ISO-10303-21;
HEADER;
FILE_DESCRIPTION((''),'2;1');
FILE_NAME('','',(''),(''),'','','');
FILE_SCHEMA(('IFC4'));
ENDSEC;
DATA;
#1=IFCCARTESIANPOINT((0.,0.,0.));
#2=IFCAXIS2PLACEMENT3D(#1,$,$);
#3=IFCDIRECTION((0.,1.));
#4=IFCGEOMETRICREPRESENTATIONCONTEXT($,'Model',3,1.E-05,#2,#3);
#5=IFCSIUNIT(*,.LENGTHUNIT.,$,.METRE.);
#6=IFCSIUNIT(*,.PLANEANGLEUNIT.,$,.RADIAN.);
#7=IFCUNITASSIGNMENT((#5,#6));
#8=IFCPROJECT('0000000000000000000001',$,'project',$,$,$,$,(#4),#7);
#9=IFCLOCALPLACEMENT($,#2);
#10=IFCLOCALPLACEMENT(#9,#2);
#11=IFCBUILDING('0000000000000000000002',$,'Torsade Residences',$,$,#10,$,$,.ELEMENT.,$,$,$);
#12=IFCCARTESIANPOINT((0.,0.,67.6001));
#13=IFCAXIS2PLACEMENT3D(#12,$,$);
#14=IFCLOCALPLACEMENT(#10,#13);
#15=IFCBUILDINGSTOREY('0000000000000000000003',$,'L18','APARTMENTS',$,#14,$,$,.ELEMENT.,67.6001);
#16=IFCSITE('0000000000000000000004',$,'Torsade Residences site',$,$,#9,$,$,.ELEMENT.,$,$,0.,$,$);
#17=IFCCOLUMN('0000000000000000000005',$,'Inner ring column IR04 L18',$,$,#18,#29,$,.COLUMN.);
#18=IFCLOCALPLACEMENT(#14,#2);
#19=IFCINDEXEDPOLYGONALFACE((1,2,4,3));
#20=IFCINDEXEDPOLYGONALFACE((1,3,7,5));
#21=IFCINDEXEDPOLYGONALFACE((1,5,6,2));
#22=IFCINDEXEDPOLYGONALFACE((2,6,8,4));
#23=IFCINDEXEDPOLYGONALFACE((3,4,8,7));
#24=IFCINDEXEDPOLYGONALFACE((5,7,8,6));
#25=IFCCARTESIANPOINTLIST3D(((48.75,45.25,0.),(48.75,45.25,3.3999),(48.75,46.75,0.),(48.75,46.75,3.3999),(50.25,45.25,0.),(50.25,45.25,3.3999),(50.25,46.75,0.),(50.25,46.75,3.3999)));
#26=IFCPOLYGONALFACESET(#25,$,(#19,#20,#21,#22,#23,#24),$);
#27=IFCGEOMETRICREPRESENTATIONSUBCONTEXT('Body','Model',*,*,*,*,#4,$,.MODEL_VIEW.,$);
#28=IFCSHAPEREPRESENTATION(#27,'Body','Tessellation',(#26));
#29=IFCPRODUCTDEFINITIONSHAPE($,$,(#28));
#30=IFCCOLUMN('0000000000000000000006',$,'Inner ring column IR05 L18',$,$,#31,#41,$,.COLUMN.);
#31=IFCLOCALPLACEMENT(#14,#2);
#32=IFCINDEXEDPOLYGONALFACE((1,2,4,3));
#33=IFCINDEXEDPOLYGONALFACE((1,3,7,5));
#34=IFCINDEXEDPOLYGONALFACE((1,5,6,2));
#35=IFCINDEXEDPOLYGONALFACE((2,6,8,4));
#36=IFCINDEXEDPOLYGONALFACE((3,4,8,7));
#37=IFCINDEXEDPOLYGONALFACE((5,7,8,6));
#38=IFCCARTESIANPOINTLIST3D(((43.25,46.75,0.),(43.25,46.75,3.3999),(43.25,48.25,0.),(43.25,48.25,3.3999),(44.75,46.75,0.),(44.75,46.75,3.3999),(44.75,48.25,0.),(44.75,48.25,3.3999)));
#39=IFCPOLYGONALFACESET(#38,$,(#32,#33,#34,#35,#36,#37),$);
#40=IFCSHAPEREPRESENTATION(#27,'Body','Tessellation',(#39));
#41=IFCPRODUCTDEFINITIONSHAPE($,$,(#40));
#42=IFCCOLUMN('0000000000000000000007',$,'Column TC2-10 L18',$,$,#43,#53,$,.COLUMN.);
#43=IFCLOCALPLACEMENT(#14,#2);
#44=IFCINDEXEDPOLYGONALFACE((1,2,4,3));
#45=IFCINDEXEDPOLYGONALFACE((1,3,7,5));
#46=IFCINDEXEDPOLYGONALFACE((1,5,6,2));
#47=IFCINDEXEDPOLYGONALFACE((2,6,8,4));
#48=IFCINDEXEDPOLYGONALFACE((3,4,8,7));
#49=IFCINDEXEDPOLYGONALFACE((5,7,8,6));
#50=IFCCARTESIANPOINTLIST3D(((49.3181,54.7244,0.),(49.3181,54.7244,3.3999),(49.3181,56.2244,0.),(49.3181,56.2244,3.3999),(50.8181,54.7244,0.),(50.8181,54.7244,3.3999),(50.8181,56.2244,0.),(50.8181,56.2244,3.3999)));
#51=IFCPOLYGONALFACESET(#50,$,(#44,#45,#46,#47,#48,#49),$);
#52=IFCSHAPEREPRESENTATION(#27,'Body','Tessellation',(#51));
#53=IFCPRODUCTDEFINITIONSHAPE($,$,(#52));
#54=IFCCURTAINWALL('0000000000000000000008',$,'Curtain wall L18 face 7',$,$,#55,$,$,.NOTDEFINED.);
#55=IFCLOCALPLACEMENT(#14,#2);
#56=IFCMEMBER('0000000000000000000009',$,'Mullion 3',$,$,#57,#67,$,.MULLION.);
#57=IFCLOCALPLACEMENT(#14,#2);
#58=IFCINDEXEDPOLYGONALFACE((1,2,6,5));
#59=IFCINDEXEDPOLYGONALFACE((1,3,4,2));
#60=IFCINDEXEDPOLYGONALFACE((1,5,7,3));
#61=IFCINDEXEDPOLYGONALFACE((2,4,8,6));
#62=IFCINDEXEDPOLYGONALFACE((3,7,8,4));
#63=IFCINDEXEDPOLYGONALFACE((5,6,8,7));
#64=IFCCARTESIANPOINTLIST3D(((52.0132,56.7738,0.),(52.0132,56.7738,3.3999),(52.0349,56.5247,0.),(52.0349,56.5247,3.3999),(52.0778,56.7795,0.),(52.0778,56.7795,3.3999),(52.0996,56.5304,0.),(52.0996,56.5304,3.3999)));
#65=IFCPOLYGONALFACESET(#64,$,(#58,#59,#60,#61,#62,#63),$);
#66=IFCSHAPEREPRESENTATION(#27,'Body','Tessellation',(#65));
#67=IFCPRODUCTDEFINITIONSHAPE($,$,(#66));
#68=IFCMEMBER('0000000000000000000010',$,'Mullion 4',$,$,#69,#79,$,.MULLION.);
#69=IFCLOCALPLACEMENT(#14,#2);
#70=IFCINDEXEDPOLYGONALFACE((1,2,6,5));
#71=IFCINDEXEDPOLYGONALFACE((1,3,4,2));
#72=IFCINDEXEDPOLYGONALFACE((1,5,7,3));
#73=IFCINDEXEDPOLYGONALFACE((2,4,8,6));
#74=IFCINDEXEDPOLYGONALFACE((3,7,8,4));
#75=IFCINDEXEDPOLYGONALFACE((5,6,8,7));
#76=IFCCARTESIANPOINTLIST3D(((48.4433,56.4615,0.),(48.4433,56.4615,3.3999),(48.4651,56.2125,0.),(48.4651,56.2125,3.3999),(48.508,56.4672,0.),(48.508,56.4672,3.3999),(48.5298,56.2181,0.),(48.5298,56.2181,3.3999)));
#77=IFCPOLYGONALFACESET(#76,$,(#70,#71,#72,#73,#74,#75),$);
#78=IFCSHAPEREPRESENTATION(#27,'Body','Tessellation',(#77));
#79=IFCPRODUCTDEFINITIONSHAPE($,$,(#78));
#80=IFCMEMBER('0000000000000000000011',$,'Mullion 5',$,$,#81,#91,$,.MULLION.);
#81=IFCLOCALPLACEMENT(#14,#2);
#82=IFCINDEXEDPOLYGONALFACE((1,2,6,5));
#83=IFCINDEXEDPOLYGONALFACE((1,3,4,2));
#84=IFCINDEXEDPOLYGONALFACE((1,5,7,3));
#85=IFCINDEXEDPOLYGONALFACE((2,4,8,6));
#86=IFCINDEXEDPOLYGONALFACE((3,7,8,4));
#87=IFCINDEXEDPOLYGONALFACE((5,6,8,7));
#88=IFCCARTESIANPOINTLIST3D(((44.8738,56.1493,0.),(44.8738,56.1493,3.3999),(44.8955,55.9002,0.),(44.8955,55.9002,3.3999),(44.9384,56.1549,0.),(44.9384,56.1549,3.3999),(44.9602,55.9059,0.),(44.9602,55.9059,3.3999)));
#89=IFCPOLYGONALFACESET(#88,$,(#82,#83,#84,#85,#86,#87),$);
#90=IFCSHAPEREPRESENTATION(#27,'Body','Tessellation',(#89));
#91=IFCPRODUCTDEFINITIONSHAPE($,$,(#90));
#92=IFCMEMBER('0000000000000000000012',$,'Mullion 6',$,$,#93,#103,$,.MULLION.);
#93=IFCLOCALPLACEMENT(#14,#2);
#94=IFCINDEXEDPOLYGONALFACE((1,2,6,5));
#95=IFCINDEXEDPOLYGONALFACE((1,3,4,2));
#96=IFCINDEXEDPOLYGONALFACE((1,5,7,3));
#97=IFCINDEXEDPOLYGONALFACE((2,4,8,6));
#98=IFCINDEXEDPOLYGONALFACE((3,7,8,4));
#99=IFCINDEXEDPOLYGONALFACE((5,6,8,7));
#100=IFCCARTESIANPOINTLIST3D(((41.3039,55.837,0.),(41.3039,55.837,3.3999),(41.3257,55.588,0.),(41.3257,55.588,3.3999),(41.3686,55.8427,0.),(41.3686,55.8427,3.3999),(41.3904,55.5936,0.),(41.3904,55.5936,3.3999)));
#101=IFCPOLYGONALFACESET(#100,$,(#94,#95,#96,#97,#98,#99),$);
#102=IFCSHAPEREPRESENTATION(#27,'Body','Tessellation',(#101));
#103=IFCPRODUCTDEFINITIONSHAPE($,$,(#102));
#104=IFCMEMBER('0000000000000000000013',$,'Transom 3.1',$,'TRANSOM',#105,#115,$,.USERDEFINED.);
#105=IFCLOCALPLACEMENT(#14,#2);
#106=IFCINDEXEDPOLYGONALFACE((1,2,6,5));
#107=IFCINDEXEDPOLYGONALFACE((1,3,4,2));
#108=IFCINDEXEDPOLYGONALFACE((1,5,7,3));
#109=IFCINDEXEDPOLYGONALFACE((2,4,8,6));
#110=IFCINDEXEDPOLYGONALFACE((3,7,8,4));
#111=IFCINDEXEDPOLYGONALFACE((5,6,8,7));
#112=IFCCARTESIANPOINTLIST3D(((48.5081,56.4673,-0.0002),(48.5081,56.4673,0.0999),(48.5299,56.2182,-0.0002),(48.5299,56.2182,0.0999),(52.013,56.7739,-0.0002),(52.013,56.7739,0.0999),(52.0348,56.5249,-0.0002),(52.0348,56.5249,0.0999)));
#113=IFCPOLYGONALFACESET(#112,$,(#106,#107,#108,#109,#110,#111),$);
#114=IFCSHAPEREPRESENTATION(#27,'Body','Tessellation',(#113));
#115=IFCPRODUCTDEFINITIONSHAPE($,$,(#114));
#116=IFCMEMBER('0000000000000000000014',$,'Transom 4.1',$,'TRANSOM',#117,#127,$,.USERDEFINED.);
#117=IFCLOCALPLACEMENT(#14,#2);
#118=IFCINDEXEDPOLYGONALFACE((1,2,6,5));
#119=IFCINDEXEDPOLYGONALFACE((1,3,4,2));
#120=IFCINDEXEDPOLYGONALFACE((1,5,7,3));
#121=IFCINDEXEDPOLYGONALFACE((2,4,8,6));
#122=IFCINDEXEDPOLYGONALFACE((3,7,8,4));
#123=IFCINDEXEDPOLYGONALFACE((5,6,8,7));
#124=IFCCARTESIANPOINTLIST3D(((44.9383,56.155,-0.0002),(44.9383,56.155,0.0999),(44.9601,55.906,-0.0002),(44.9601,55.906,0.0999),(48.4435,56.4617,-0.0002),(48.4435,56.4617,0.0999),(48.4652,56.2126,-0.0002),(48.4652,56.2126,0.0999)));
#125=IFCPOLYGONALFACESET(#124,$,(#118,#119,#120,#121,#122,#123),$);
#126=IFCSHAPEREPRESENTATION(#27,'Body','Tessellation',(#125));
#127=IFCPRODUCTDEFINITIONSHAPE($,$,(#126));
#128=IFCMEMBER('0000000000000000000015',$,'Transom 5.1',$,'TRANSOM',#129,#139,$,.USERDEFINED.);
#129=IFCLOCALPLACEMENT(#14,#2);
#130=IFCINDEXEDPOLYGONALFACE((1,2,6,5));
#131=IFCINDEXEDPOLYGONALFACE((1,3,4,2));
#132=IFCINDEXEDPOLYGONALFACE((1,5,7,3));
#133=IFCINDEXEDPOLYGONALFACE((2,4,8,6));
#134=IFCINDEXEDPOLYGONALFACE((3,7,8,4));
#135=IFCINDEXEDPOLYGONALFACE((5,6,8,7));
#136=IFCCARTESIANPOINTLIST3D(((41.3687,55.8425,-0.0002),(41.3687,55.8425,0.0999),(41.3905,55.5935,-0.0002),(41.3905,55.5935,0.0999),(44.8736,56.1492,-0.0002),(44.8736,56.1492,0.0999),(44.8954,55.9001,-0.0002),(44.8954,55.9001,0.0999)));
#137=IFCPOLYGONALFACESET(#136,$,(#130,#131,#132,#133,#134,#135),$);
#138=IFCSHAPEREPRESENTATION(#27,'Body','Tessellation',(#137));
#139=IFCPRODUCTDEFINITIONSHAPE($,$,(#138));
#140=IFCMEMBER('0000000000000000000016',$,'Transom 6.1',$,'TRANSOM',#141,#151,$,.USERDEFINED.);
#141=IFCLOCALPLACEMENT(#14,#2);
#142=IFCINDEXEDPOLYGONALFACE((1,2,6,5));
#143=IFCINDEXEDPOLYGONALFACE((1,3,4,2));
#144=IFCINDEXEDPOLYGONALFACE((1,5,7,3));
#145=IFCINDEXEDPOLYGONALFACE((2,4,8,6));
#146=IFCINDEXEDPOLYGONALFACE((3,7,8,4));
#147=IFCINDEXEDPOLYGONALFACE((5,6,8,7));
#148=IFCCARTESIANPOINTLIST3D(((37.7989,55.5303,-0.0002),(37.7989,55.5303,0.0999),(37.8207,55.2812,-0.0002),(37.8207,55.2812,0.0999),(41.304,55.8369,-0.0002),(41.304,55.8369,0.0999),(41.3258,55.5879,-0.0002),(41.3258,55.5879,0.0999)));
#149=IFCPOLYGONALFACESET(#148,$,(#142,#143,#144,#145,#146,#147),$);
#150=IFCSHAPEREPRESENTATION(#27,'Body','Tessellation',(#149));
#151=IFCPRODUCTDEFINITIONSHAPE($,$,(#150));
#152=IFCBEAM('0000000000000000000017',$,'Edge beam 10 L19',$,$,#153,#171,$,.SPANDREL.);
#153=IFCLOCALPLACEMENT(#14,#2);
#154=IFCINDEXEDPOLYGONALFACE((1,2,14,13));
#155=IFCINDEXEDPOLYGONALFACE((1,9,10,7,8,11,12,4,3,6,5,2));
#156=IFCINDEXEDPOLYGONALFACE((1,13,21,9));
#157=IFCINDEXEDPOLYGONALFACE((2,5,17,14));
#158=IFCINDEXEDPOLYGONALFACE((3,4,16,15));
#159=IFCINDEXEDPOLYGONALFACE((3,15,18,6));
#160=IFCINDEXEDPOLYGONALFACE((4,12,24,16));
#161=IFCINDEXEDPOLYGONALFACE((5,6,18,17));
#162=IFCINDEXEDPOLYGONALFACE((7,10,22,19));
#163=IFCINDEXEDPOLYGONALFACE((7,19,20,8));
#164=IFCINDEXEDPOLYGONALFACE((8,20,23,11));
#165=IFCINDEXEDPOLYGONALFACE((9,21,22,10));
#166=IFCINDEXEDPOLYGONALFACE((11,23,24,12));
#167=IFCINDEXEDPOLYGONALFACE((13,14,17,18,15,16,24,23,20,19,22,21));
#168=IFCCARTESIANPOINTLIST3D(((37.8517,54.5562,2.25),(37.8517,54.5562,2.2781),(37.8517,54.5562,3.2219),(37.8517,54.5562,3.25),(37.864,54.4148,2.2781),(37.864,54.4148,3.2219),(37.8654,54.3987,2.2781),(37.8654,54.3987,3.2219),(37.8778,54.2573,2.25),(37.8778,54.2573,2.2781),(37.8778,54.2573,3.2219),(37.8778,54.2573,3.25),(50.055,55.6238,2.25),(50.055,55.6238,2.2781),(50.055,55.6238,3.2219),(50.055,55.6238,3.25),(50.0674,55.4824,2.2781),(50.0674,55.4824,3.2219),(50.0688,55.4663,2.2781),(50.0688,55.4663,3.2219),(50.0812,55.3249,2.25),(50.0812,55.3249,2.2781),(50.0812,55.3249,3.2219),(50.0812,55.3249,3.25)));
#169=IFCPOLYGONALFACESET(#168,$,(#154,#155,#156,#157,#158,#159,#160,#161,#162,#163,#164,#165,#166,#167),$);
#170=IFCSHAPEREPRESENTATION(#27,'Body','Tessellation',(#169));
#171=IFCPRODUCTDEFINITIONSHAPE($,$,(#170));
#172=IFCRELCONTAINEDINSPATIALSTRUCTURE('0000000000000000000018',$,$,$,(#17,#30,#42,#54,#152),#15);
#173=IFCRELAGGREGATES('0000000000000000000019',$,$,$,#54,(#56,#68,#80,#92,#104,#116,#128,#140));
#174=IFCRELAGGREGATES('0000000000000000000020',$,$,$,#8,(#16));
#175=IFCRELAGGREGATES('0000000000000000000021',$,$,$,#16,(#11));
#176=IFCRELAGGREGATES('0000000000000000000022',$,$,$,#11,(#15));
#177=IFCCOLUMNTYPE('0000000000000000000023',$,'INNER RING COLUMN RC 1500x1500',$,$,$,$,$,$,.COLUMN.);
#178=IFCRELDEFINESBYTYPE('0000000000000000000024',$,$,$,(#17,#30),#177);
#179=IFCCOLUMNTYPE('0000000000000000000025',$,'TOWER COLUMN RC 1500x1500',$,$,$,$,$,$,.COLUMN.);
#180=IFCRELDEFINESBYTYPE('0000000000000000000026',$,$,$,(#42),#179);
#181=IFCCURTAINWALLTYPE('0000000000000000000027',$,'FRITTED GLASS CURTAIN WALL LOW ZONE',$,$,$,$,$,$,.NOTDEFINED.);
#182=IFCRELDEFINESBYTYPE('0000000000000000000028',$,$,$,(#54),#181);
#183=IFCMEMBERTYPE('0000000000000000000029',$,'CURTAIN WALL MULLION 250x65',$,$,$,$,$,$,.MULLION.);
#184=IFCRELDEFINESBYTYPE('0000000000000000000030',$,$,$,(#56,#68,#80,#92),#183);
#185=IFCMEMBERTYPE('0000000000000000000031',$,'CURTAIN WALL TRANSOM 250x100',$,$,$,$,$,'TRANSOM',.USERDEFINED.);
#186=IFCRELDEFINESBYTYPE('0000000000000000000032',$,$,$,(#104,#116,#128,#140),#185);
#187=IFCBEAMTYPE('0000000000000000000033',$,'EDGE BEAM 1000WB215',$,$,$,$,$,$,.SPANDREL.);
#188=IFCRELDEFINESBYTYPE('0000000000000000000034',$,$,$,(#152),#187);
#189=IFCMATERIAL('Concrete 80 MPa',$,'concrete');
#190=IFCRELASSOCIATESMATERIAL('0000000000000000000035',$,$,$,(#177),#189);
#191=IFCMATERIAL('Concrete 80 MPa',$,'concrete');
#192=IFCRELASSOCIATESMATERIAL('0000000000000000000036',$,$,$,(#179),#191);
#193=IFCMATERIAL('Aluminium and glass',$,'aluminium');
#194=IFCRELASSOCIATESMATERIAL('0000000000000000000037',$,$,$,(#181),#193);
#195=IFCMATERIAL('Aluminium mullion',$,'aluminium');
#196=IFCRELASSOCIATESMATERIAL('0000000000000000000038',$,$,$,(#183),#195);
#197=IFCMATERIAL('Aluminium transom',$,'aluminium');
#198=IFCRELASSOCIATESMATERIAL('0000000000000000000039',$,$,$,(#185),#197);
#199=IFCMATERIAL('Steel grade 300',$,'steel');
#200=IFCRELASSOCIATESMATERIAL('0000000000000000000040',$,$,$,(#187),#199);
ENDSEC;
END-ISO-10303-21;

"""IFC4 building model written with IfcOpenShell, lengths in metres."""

from ifc_helpers import new_model, si_unit, direction, frame, origin, origin_2d, place, context, subcontext, project, spatial, rectangle, i_section, extrude, material, material_profile, profile_set, type_object, element, aggregate, save


model = new_model("IFC4")

# Units and contexts
model_context = context("Model", 3, precision=1e-05, world=origin(), true_north=direction((0.0, 1.0)))
body_context = subcontext(model_context, "Body", "Model", "MODEL_VIEW")
ifc_project = project(units=[si_unit("LENGTHUNIT", "METRE"), si_unit("PLANEANGLEUNIT", "RADIAN")], contexts=[model_context])

# Site, building, storey
site_placement = place(None, origin())
site = spatial("IfcSite", under=ifc_project, at=site_placement, Name="Torsade Residences site", CompositionType="ELEMENT", RefElevation=0.0)
building_placement = place(site_placement, origin())
building = spatial("IfcBuilding", under=site, at=building_placement, Name="Torsade Residences", CompositionType="ELEMENT")
storey_placement = place(building_placement, frame((0.0, 0.0, 67.6001)))
storey = spatial("IfcBuildingStorey", under=building, at=storey_placement, Name="L18", Description="APARTMENTS", CompositionType="ELEMENT", Elevation=67.6001)

# Columns
ifc_material_1 = material(Name="Concrete 80 MPa", Category="concrete")
ifc_material_profile_1 = material_profile(ifc_material_1, rectangle(XDim=1.5, YDim=1.5, at=origin_2d()), Name="RC 1500x1500")
ifc_profile_set_1 = profile_set([ifc_material_profile_1], Name="Concrete 80 MPa")
column_type_1 = type_object("IfcColumnType", Name="INNER RING COLUMN RC 1500x1500", PredefinedType="COLUMN", material=ifc_profile_set_1)
for number, where, z_axis, x_axis, name in (
    (1, (49.5, 46.0, 0.0), (0.0, 0.0, 1.0), (1.0, 0.0, 0.0), "Inner ring column IR04 L18"),
    (2, (44.0, 47.5, 0.0), (0.0, 0.0, 1.0), (1.0, 0.0, 0.0), "Inner ring column IR05 L18"),
):
    element("IfcColumn", number, at=place(storey_placement, frame(where, z_axis=z_axis, x_axis=x_axis)), inside=storey, type_object=column_type_1, Name=name, PredefinedType="COLUMN", context=body_context, shape_type="SweptSolid", body=[
        extrude(rectangle(XDim=1.5, YDim=1.5, at=origin_2d()), origin(), (0.0, 0.0, 1.0), 3.3999),
    ])
ifc_material_2 = material(Name="Concrete 80 MPa", Category="concrete")
ifc_material_profile_2 = material_profile(ifc_material_2, rectangle(XDim=1.5, YDim=1.5, at=origin_2d()), Name="RC 1500x1500")
ifc_profile_set_2 = profile_set([ifc_material_profile_2], Name="Concrete 80 MPa")
column_type_2 = type_object("IfcColumnType", Name="TOWER COLUMN RC 1500x1500", PredefinedType="COLUMN", material=ifc_profile_set_2)
column_placement = place(storey_placement, frame((50.0681, 55.4744, 0.0), z_axis=(0.0, 0.0, 1.0), x_axis=(1.0, 0.0, 0.0)))
element("IfcColumn", 3, at=column_placement, inside=storey, type_object=column_type_2, Name="Column TC2-10 L18", PredefinedType="COLUMN", context=body_context, shape_type="SweptSolid", body=[
    extrude(rectangle(XDim=1.5, YDim=1.5, at=origin_2d()), origin(), (0.0, 0.0, 1.0), 3.3999),
])

# Curtain wall, members
ifc_material_3 = material(Name="Aluminium and glass", Category="aluminium")
curtain_wall_type = type_object("IfcCurtainWallType", Name="FRITTED GLASS CURTAIN WALL LOW ZONE", PredefinedType="NOTDEFINED", material=ifc_material_3)
curtain_wall_placement = place(storey_placement, origin())
curtain_wall = element("IfcCurtainWall", 4, at=curtain_wall_placement, inside=storey, type_object=curtain_wall_type, Name="Curtain wall L18 face 7", PredefinedType="NOTDEFINED")
ifc_material_4 = material(Name="Aluminium mullion", Category="aluminium")
ifc_material_profile_3 = material_profile(ifc_material_4, rectangle(XDim=0.25, YDim=0.0649, at=origin_2d()), Name="CURTAIN WALL MULLION 250x65")
ifc_profile_set_3 = profile_set([ifc_material_profile_3], Name="Aluminium mullion")
member_type_1 = type_object("IfcMemberType", Name="CURTAIN WALL MULLION 250x65", PredefinedType="MULLION", material=ifc_profile_set_3)
member_1_placement = place(storey_placement, frame((52.0564, 56.6521, 0.0), z_axis=(0.0, 0.0, 1.0), x_axis=(0.087156, -0.996195, 0.0)))
member_1 = element("IfcMember", 5, at=member_1_placement, type_object=member_type_1, Name="Mullion 3", PredefinedType="MULLION", context=body_context, shape_type="SweptSolid", body=[
    extrude(rectangle(XDim=0.25, YDim=0.0649, at=origin_2d()), origin(), (0.0, 0.0, 1.0), 3.3999),
])
member_2_placement = place(storey_placement, frame((48.4866, 56.3398, 0.0), z_axis=(0.0, 0.0, 1.0), x_axis=(0.087156, -0.996195, 0.0)))
member_2 = element("IfcMember", 6, at=member_2_placement, type_object=member_type_1, Name="Mullion 4", PredefinedType="MULLION", context=body_context, shape_type="SweptSolid", body=[
    extrude(rectangle(XDim=0.25, YDim=0.0649, at=origin_2d()), origin(), (0.0, 0.0, 1.0), 3.3999),
])
member_3_placement = place(storey_placement, frame((44.917, 56.0276, 0.0), z_axis=(0.0, 0.0, 1.0), x_axis=(0.087156, -0.996195, 0.0)))
member_3 = element("IfcMember", 7, at=member_3_placement, type_object=member_type_1, Name="Mullion 5", PredefinedType="MULLION", context=body_context, shape_type="SweptSolid", body=[
    extrude(rectangle(XDim=0.25, YDim=0.0649, at=origin_2d()), origin(), (0.0, 0.0, 1.0), 3.3999),
])
member_4_placement = place(storey_placement, frame((41.3472, 55.7153, 0.0), z_axis=(0.0, 0.0, 1.0), x_axis=(0.087156, -0.996195, 0.0)))
member_4 = element("IfcMember", 8, at=member_4_placement, type_object=member_type_1, Name="Mullion 6", PredefinedType="MULLION", context=body_context, shape_type="SweptSolid", body=[
    extrude(rectangle(XDim=0.25, YDim=0.0649, at=origin_2d()), origin(), (0.0, 0.0, 1.0), 3.3999),
])
ifc_material_5 = material(Name="Aluminium transom", Category="aluminium")
ifc_material_profile_4 = material_profile(ifc_material_5, rectangle(XDim=0.25, YDim=0.1001, at=origin_2d()), Name="CURTAIN WALL TRANSOM 250x100")
ifc_profile_set_4 = profile_set([ifc_material_profile_4], Name="Aluminium transom")
member_type_2 = type_object("IfcMemberType", Name="CURTAIN WALL TRANSOM 250x100", ElementType="TRANSOM", PredefinedType="USERDEFINED", material=ifc_profile_set_4)
member_5_placement = place(storey_placement, frame((52.0239, 56.6494, 0.0498), z_axis=(-0.996195, -0.087157, 0.0), x_axis=(0.087157, -0.996195, 0.0)))
member_5 = element("IfcMember", 9, at=member_5_placement, type_object=member_type_2, Name="Transom 3.1", ObjectType="TRANSOM", PredefinedType="USERDEFINED", context=body_context, shape_type="SweptSolid", body=[
    extrude(rectangle(XDim=0.25, YDim=0.1001, at=origin_2d()), origin(), (0.0, 0.0, 1.0), 3.5183),
])
member_6_placement = place(storey_placement, frame((48.4543, 56.3372, 0.0498), z_axis=(-0.996195, -0.087151, 0.0), x_axis=(0.087151, -0.996195, 0.0)))
member_6 = element("IfcMember", 10, at=member_6_placement, type_object=member_type_2, Name="Transom 4.1", ObjectType="TRANSOM", PredefinedType="USERDEFINED", context=body_context, shape_type="SweptSolid", body=[
    extrude(rectangle(XDim=0.25, YDim=0.1001, at=origin_2d()), origin(), (0.0, 0.0, 1.0), 3.5186),
])
member_7_placement = place(storey_placement, frame((44.8845, 56.0247, 0.0498), z_axis=(-0.996195, -0.087157, 0.0), x_axis=(0.087157, -0.996195, 0.0)))
member_7 = element("IfcMember", 11, at=member_7_placement, type_object=member_type_2, Name="Transom 5.1", ObjectType="TRANSOM", PredefinedType="USERDEFINED", context=body_context, shape_type="SweptSolid", body=[
    extrude(rectangle(XDim=0.25, YDim=0.1001, at=origin_2d()), origin(), (0.0, 0.0, 1.0), 3.5183),
])
member_8_placement = place(storey_placement, frame((41.3149, 55.7124, 0.0498), z_axis=(-0.996195, -0.087151, 0.0), x_axis=(0.087151, -0.996195, 0.0)))
member_8 = element("IfcMember", 12, at=member_8_placement, type_object=member_type_2, Name="Transom 6.1", ObjectType="TRANSOM", PredefinedType="USERDEFINED", context=body_context, shape_type="SweptSolid", body=[
    extrude(rectangle(XDim=0.25, YDim=0.1001, at=origin_2d()), origin(), (0.0, 0.0, 1.0), 3.5186),
])

# Beam
ifc_material_6 = material(Name="Steel grade 300", Category="steel")
ifc_material_profile_5 = material_profile(ifc_material_6, i_section(OverallWidth=0.3, OverallDepth=1.0, WebThickness=0.0161, FlangeThickness=0.0281, at=origin_2d()), Name="1000WB215")
ifc_profile_set_5 = profile_set([ifc_material_profile_5], Name="Steel grade 300")
beam_type_1 = type_object("IfcBeamType", Name="EDGE BEAM 1000WB215", PredefinedType="SPANDREL", material=ifc_profile_set_5)
beam_1_placement = place(storey_placement, frame((50.0681, 55.4744, 2.75), z_axis=(-0.996195, -0.087153, 0.0), x_axis=(0.087153, -0.996195, 0.0)))
element("IfcBeam", 13, at=beam_1_placement, inside=storey, type_object=beam_type_1, Name="Edge beam 10 L19", PredefinedType="SPANDREL", context=body_context, shape_type="SweptSolid", body=[
    extrude(i_section(OverallWidth=0.3, OverallDepth=1.0, WebThickness=0.0161, FlangeThickness=0.0281, at=origin_2d()), origin(), (0.0, 0.0, 1.0), 12.25),
])

aggregate(curtain_wall, [member_1, member_2, member_3, member_4, member_5, member_6, member_7, member_8])

save(model, "model.ifc")
